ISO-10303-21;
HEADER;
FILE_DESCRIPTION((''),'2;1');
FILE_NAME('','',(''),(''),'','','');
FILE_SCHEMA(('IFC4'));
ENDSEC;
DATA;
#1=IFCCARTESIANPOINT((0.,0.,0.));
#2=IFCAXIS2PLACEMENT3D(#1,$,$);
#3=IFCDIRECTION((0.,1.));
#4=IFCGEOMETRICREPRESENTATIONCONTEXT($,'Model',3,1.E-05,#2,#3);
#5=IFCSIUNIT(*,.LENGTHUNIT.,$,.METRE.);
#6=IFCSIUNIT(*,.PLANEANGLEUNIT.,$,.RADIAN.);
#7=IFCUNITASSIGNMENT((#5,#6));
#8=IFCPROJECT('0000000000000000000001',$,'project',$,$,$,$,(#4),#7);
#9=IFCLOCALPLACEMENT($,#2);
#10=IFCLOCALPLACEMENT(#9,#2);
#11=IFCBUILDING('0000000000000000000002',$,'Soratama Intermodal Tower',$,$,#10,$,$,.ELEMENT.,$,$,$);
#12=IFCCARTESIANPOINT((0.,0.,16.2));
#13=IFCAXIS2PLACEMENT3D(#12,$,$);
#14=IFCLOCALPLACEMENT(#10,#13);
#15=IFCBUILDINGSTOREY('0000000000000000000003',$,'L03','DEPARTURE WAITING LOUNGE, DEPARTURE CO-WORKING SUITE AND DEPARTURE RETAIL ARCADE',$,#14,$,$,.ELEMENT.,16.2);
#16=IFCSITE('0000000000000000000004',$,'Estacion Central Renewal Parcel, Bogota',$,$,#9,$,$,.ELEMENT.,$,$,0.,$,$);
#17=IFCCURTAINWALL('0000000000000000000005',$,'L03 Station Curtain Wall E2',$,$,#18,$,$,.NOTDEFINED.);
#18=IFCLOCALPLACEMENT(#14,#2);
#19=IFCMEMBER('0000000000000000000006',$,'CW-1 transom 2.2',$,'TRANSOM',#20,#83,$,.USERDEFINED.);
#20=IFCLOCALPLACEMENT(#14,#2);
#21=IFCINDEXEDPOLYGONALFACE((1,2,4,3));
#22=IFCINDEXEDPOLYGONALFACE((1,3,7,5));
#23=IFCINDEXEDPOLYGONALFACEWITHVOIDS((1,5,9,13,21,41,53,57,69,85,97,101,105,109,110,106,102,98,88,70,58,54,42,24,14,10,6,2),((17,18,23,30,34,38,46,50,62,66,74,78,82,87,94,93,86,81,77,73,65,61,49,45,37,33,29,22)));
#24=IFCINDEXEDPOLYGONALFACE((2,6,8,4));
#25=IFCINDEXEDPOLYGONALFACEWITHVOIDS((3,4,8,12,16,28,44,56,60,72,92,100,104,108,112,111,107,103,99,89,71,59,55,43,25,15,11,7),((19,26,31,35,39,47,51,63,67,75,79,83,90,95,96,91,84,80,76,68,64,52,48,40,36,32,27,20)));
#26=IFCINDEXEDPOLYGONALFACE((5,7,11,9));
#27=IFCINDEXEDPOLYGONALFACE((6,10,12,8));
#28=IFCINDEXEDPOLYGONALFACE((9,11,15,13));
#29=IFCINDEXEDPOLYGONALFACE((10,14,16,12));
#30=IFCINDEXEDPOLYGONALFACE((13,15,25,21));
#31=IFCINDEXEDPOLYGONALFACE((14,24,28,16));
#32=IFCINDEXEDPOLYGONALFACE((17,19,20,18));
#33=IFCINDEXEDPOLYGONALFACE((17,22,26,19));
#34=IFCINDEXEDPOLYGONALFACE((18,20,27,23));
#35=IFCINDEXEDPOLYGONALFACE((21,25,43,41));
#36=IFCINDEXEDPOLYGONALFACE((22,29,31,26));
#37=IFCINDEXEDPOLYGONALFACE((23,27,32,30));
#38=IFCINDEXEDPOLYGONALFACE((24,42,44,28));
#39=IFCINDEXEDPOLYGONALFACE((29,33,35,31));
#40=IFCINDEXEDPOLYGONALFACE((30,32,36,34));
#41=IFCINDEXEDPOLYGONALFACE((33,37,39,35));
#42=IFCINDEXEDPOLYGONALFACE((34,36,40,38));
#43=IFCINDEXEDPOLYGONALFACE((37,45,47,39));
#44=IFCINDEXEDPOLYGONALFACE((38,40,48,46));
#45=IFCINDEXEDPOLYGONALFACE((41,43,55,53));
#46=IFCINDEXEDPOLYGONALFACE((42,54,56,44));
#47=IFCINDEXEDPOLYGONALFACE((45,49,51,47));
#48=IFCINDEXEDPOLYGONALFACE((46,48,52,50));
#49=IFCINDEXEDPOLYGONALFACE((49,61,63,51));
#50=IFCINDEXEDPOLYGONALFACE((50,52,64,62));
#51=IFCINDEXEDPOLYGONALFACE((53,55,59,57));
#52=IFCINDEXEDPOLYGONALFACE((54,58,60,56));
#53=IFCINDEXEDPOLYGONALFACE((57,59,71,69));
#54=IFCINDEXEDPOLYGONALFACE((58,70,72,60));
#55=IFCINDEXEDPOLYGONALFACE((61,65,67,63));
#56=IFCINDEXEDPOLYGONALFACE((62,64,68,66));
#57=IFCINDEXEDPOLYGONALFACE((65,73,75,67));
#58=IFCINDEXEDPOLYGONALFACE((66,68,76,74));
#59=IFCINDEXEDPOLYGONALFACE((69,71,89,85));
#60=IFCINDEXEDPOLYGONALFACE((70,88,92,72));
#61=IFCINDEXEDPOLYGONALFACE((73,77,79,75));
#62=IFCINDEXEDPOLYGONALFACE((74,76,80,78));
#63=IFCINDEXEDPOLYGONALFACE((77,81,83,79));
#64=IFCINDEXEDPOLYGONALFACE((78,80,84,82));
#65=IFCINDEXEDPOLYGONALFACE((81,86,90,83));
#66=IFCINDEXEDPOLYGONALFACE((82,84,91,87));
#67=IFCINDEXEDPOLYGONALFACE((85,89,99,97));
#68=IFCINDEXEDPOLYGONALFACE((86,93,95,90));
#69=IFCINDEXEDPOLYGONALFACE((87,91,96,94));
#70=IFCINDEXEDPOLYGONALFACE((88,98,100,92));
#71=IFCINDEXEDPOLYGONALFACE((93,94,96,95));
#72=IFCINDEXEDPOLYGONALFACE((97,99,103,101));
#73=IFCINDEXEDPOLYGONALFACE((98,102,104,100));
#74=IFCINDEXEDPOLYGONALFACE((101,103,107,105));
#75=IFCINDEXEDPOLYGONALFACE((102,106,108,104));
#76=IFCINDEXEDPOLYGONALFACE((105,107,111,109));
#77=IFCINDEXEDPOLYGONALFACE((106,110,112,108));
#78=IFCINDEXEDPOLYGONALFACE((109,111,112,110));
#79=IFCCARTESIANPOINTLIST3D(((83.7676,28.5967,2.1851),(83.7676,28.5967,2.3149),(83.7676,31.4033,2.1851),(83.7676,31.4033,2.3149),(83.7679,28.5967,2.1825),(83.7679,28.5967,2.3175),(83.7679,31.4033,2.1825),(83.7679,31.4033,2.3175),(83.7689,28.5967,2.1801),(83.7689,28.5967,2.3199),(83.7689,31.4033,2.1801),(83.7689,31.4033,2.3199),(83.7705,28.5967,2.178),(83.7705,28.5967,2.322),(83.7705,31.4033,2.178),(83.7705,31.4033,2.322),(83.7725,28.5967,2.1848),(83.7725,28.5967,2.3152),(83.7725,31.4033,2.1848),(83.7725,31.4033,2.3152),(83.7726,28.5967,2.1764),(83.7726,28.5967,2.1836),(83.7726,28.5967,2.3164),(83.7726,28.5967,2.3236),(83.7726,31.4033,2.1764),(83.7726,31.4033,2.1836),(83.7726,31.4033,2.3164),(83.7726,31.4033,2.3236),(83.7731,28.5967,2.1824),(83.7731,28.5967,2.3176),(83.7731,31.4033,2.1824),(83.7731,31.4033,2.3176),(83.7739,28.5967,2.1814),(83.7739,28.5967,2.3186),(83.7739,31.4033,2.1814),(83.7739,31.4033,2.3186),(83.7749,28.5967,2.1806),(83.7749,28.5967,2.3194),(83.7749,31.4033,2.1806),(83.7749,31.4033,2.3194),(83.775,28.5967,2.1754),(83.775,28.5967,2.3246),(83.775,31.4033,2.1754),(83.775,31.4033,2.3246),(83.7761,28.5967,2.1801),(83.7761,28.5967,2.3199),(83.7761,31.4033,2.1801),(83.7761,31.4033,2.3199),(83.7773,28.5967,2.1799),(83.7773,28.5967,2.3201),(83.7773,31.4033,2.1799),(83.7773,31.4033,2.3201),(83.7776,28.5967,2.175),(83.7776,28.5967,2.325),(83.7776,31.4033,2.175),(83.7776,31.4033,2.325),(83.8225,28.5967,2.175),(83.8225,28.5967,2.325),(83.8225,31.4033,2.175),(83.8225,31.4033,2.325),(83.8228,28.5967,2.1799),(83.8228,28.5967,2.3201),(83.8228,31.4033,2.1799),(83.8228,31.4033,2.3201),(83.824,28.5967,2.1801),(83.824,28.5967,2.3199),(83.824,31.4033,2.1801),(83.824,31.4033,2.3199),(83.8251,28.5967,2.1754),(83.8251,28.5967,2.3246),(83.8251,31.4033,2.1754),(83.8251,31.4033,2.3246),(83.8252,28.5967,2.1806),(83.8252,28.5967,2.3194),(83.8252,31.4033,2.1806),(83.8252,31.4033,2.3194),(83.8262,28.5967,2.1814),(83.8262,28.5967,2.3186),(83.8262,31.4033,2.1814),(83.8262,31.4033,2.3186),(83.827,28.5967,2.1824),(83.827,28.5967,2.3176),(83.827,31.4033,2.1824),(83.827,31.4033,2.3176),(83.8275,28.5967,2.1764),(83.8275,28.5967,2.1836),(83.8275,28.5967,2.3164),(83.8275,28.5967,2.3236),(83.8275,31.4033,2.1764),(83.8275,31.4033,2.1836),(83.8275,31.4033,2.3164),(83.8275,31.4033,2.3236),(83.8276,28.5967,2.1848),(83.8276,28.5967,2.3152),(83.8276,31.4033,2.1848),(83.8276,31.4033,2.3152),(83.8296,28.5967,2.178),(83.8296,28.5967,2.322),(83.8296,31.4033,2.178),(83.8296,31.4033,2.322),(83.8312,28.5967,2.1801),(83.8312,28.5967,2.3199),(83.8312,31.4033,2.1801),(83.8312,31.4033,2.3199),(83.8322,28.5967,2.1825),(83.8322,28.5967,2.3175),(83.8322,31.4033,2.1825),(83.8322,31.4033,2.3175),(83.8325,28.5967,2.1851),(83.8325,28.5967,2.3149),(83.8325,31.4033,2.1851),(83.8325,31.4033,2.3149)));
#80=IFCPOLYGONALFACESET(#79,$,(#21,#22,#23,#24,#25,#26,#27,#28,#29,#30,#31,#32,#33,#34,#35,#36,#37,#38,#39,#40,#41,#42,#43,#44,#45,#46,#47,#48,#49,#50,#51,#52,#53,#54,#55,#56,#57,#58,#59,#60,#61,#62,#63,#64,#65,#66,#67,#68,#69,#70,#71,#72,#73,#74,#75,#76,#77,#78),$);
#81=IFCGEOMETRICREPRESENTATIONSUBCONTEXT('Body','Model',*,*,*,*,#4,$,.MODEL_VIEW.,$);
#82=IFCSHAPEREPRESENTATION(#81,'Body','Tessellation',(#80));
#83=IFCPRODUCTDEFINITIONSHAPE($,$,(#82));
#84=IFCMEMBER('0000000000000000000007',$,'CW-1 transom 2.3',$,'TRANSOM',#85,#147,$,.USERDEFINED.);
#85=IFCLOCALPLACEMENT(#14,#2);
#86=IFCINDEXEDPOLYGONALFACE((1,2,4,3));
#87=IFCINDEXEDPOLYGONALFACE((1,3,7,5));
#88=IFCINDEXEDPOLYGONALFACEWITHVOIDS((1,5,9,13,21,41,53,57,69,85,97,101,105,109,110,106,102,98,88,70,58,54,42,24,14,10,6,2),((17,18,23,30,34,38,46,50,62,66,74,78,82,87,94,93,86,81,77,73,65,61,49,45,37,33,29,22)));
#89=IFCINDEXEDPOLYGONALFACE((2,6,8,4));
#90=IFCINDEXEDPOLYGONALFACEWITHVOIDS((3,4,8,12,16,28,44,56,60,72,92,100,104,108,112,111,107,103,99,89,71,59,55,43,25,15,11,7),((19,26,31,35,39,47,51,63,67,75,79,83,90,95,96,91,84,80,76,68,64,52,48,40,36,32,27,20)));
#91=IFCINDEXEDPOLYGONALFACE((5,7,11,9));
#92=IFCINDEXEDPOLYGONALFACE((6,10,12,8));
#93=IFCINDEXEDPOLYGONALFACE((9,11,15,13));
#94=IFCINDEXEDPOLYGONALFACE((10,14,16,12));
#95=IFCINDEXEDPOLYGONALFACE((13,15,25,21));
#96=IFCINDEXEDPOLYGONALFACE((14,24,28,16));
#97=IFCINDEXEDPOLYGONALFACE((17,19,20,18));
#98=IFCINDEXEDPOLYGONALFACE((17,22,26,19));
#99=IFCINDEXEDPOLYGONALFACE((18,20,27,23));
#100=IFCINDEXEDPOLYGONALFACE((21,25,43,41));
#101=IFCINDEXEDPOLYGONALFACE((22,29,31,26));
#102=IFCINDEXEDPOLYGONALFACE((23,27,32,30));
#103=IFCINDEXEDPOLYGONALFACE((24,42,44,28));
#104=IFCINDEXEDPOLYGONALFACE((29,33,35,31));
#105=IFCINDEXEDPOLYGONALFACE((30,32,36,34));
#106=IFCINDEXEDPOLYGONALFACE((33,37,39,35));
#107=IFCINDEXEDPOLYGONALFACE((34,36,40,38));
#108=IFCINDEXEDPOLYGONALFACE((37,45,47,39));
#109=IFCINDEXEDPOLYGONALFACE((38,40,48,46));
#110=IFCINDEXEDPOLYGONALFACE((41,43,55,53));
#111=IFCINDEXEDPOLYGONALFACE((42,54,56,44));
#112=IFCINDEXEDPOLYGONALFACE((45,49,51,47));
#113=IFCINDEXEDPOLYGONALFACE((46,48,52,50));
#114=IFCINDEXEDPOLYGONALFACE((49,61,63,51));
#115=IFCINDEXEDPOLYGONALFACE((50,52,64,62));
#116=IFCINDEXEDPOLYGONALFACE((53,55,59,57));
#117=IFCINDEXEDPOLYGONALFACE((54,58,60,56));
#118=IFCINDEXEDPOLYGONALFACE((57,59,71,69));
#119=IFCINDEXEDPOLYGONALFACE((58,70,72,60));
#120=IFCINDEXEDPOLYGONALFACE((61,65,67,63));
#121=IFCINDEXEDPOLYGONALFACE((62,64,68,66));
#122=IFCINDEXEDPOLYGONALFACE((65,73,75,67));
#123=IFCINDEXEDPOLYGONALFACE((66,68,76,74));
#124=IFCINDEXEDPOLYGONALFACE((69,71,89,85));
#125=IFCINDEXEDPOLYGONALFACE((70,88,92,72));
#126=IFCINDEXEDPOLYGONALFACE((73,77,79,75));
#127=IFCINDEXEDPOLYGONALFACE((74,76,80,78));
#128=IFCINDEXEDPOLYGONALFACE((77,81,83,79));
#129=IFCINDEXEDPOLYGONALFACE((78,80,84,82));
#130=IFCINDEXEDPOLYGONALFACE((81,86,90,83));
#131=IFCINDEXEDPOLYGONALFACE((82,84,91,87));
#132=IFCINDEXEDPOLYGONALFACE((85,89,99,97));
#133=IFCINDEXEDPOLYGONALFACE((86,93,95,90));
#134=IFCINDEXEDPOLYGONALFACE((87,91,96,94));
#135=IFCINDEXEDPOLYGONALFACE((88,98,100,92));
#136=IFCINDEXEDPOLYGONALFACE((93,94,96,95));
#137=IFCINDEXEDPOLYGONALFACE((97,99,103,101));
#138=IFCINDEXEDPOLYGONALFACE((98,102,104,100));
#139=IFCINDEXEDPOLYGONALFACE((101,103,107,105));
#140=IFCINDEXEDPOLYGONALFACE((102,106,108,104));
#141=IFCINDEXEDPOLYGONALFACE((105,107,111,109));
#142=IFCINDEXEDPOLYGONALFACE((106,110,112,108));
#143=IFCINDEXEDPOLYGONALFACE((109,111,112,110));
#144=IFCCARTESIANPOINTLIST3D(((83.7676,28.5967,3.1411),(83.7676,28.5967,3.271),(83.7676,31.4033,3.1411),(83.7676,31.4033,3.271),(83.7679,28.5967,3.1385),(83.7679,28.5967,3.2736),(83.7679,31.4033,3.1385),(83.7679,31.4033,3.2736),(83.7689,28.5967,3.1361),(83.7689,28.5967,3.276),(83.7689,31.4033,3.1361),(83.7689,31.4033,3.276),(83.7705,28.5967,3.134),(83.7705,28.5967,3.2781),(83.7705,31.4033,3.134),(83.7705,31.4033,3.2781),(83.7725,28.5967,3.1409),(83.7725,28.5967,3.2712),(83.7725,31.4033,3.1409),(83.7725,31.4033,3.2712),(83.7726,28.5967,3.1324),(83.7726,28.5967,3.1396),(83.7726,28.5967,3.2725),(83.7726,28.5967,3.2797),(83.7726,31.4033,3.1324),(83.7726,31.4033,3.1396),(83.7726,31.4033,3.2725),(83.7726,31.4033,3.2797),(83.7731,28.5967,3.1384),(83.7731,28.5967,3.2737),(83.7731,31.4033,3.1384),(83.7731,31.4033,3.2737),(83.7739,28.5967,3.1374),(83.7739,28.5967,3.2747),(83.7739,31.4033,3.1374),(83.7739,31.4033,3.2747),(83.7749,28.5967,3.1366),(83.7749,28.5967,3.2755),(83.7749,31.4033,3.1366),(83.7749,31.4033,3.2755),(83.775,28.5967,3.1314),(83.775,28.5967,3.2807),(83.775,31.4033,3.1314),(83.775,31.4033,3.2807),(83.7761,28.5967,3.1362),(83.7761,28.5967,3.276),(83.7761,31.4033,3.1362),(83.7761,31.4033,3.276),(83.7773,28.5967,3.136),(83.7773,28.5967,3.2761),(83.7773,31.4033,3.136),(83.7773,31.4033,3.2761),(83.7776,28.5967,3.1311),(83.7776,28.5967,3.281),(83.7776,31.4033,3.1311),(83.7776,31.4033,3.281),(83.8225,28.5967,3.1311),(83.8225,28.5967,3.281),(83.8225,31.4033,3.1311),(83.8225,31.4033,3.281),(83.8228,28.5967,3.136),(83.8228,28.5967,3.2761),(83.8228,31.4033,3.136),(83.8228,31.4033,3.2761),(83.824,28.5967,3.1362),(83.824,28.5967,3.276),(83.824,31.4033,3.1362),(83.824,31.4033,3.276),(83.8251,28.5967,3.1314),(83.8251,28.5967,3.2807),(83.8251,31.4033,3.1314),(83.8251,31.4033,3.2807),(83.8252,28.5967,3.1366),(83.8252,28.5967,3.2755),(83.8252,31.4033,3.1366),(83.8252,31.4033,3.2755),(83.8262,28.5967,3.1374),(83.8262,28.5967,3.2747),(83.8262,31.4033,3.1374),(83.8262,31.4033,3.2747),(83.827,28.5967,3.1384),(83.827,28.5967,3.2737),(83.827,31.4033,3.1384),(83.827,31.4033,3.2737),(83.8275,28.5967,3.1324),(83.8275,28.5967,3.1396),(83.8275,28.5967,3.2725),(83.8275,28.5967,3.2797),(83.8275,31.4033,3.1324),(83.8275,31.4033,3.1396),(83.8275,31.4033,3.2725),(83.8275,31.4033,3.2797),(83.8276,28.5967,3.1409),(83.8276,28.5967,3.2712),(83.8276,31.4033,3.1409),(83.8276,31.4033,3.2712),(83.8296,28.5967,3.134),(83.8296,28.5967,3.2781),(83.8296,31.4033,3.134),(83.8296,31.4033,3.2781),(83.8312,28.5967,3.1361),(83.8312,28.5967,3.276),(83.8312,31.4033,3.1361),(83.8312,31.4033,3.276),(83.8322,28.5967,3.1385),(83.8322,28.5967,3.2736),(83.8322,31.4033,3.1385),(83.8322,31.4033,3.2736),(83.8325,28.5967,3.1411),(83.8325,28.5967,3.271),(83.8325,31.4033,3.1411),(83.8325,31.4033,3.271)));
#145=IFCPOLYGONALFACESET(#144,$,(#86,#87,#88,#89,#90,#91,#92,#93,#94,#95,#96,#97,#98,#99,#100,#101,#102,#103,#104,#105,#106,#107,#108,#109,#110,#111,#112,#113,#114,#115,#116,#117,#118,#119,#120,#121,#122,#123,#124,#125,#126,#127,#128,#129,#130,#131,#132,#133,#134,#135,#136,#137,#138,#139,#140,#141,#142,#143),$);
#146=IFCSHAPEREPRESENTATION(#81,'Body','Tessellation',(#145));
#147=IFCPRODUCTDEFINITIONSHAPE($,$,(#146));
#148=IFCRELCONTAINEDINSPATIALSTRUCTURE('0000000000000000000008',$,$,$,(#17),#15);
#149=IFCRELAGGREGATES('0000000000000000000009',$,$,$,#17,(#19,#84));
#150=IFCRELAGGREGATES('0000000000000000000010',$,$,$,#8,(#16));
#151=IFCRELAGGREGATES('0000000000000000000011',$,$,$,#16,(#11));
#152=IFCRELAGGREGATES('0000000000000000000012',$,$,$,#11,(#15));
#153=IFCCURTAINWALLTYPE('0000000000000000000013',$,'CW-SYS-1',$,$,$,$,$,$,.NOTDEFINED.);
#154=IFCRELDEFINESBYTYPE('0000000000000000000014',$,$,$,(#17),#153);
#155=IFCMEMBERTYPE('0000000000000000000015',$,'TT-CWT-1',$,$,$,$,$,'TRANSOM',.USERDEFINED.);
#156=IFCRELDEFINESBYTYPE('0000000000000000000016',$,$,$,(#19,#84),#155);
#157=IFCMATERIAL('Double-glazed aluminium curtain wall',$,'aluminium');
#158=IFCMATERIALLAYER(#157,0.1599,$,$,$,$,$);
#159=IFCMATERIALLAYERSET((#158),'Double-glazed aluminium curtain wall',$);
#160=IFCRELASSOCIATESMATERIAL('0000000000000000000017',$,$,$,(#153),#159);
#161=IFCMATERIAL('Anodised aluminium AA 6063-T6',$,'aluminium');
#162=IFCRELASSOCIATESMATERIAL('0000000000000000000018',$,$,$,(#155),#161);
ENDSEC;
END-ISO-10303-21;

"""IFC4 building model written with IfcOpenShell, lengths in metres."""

from ifc_helpers import new_model, si_unit, direction, frame, origin, origin_2d, place, context, subcontext, project, spatial, hollow_rectangle, extrude, material, layer, layer_set, material_profile, profile_set, type_object, element, aggregate, save


model = new_model("IFC4")

# Units and contexts
model_context = context("Model", 3, precision=1e-05, world=origin(), true_north=direction((0.0, 1.0)))
body_context = subcontext(model_context, "Body", "Model", "MODEL_VIEW")
ifc_project = project(units=[si_unit("LENGTHUNIT", "METRE"), si_unit("PLANEANGLEUNIT", "RADIAN")], contexts=[model_context])

# Site, building, storey
site_placement = place(None, origin())
site = spatial("IfcSite", under=ifc_project, at=site_placement, Name="Estacion Central Renewal Parcel, Bogota", CompositionType="ELEMENT", RefElevation=0.0)
building_placement = place(site_placement, origin())
building = spatial("IfcBuilding", under=site, at=building_placement, Name="Soratama Intermodal Tower", CompositionType="ELEMENT")
storey_placement = place(building_placement, frame((0.0, 0.0, 16.2)))
storey = spatial("IfcBuildingStorey", under=building, at=storey_placement, Name="L03", Description="DEPARTURE WAITING LOUNGE, DEPARTURE CO-WORKING SUITE AND DEPARTURE RETAIL ARCADE", CompositionType="ELEMENT", Elevation=16.2)

# Curtain wall, members
ifc_material_1 = material(Name="Double-glazed aluminium curtain wall", Category="aluminium")
ifc_layer_1 = layer(ifc_material_1, 0.1599)
ifc_layer_set_1 = layer_set([ifc_layer_1], Name="Double-glazed aluminium curtain wall")
curtain_wall_type = type_object("IfcCurtainWallType", Name="CW-SYS-1", PredefinedType="NOTDEFINED", material=ifc_layer_set_1)
curtain_wall_placement = place(storey_placement, origin())
curtain_wall = element("IfcCurtainWall", 1, at=curtain_wall_placement, inside=storey, type_object=curtain_wall_type, Name="L03 Station Curtain Wall E2", PredefinedType="NOTDEFINED")
ifc_material_2 = material(Name="Anodised aluminium AA 6063-T6", Category="aluminium")
ifc_material_profile_1 = material_profile(ifc_material_2, hollow_rectangle(XDim=0.0649, YDim=0.1499, WallThickness=0.0049, InnerFilletRadius=0.0049, OuterFilletRadius=0.01, at=origin_2d()), Name="CWT150X65X5")
ifc_profile_set_1 = profile_set([ifc_material_profile_1], Name="Anodised aluminium AA 6063-T6")
member_type_1 = type_object("IfcMemberType", Name="TT-CWT-1", ElementType="TRANSOM", PredefinedType="USERDEFINED", material=ifc_profile_set_1)
member_1_placement = place(storey_placement, frame((83.8, 28.5967, 2.25), z_axis=(0.0, 1.0, 0.0), x_axis=(-1.0, 0.0, 0.0)))
member_1 = element("IfcMember", 2, at=member_1_placement, type_object=member_type_1, Name="CW-1 transom 2.2", ObjectType="TRANSOM", PredefinedType="USERDEFINED", context=body_context, shape_type="SweptSolid", body=[
    extrude(hollow_rectangle(XDim=0.0649, YDim=0.1499, WallThickness=0.0049, InnerFilletRadius=0.0049, OuterFilletRadius=0.01, at=origin_2d()), origin(), (0.0, 0.0, 1.0), 2.8066),
])
member_2_placement = place(storey_placement, frame((83.8, 28.5967, 3.2061), z_axis=(0.0, 1.0, 0.0), x_axis=(-1.0, 0.0, 0.0)))
member_2 = element("IfcMember", 3, at=member_2_placement, type_object=member_type_1, Name="CW-1 transom 2.3", ObjectType="TRANSOM", PredefinedType="USERDEFINED", context=body_context, shape_type="SweptSolid", body=[
    extrude(hollow_rectangle(XDim=0.0649, YDim=0.1499, WallThickness=0.0049, InnerFilletRadius=0.0049, OuterFilletRadius=0.01, at=origin_2d()), origin(), (0.0, 0.0, 1.0), 2.8066),
])
aggregate(curtain_wall, [member_1, member_2])

save(model, "model.ifc")
